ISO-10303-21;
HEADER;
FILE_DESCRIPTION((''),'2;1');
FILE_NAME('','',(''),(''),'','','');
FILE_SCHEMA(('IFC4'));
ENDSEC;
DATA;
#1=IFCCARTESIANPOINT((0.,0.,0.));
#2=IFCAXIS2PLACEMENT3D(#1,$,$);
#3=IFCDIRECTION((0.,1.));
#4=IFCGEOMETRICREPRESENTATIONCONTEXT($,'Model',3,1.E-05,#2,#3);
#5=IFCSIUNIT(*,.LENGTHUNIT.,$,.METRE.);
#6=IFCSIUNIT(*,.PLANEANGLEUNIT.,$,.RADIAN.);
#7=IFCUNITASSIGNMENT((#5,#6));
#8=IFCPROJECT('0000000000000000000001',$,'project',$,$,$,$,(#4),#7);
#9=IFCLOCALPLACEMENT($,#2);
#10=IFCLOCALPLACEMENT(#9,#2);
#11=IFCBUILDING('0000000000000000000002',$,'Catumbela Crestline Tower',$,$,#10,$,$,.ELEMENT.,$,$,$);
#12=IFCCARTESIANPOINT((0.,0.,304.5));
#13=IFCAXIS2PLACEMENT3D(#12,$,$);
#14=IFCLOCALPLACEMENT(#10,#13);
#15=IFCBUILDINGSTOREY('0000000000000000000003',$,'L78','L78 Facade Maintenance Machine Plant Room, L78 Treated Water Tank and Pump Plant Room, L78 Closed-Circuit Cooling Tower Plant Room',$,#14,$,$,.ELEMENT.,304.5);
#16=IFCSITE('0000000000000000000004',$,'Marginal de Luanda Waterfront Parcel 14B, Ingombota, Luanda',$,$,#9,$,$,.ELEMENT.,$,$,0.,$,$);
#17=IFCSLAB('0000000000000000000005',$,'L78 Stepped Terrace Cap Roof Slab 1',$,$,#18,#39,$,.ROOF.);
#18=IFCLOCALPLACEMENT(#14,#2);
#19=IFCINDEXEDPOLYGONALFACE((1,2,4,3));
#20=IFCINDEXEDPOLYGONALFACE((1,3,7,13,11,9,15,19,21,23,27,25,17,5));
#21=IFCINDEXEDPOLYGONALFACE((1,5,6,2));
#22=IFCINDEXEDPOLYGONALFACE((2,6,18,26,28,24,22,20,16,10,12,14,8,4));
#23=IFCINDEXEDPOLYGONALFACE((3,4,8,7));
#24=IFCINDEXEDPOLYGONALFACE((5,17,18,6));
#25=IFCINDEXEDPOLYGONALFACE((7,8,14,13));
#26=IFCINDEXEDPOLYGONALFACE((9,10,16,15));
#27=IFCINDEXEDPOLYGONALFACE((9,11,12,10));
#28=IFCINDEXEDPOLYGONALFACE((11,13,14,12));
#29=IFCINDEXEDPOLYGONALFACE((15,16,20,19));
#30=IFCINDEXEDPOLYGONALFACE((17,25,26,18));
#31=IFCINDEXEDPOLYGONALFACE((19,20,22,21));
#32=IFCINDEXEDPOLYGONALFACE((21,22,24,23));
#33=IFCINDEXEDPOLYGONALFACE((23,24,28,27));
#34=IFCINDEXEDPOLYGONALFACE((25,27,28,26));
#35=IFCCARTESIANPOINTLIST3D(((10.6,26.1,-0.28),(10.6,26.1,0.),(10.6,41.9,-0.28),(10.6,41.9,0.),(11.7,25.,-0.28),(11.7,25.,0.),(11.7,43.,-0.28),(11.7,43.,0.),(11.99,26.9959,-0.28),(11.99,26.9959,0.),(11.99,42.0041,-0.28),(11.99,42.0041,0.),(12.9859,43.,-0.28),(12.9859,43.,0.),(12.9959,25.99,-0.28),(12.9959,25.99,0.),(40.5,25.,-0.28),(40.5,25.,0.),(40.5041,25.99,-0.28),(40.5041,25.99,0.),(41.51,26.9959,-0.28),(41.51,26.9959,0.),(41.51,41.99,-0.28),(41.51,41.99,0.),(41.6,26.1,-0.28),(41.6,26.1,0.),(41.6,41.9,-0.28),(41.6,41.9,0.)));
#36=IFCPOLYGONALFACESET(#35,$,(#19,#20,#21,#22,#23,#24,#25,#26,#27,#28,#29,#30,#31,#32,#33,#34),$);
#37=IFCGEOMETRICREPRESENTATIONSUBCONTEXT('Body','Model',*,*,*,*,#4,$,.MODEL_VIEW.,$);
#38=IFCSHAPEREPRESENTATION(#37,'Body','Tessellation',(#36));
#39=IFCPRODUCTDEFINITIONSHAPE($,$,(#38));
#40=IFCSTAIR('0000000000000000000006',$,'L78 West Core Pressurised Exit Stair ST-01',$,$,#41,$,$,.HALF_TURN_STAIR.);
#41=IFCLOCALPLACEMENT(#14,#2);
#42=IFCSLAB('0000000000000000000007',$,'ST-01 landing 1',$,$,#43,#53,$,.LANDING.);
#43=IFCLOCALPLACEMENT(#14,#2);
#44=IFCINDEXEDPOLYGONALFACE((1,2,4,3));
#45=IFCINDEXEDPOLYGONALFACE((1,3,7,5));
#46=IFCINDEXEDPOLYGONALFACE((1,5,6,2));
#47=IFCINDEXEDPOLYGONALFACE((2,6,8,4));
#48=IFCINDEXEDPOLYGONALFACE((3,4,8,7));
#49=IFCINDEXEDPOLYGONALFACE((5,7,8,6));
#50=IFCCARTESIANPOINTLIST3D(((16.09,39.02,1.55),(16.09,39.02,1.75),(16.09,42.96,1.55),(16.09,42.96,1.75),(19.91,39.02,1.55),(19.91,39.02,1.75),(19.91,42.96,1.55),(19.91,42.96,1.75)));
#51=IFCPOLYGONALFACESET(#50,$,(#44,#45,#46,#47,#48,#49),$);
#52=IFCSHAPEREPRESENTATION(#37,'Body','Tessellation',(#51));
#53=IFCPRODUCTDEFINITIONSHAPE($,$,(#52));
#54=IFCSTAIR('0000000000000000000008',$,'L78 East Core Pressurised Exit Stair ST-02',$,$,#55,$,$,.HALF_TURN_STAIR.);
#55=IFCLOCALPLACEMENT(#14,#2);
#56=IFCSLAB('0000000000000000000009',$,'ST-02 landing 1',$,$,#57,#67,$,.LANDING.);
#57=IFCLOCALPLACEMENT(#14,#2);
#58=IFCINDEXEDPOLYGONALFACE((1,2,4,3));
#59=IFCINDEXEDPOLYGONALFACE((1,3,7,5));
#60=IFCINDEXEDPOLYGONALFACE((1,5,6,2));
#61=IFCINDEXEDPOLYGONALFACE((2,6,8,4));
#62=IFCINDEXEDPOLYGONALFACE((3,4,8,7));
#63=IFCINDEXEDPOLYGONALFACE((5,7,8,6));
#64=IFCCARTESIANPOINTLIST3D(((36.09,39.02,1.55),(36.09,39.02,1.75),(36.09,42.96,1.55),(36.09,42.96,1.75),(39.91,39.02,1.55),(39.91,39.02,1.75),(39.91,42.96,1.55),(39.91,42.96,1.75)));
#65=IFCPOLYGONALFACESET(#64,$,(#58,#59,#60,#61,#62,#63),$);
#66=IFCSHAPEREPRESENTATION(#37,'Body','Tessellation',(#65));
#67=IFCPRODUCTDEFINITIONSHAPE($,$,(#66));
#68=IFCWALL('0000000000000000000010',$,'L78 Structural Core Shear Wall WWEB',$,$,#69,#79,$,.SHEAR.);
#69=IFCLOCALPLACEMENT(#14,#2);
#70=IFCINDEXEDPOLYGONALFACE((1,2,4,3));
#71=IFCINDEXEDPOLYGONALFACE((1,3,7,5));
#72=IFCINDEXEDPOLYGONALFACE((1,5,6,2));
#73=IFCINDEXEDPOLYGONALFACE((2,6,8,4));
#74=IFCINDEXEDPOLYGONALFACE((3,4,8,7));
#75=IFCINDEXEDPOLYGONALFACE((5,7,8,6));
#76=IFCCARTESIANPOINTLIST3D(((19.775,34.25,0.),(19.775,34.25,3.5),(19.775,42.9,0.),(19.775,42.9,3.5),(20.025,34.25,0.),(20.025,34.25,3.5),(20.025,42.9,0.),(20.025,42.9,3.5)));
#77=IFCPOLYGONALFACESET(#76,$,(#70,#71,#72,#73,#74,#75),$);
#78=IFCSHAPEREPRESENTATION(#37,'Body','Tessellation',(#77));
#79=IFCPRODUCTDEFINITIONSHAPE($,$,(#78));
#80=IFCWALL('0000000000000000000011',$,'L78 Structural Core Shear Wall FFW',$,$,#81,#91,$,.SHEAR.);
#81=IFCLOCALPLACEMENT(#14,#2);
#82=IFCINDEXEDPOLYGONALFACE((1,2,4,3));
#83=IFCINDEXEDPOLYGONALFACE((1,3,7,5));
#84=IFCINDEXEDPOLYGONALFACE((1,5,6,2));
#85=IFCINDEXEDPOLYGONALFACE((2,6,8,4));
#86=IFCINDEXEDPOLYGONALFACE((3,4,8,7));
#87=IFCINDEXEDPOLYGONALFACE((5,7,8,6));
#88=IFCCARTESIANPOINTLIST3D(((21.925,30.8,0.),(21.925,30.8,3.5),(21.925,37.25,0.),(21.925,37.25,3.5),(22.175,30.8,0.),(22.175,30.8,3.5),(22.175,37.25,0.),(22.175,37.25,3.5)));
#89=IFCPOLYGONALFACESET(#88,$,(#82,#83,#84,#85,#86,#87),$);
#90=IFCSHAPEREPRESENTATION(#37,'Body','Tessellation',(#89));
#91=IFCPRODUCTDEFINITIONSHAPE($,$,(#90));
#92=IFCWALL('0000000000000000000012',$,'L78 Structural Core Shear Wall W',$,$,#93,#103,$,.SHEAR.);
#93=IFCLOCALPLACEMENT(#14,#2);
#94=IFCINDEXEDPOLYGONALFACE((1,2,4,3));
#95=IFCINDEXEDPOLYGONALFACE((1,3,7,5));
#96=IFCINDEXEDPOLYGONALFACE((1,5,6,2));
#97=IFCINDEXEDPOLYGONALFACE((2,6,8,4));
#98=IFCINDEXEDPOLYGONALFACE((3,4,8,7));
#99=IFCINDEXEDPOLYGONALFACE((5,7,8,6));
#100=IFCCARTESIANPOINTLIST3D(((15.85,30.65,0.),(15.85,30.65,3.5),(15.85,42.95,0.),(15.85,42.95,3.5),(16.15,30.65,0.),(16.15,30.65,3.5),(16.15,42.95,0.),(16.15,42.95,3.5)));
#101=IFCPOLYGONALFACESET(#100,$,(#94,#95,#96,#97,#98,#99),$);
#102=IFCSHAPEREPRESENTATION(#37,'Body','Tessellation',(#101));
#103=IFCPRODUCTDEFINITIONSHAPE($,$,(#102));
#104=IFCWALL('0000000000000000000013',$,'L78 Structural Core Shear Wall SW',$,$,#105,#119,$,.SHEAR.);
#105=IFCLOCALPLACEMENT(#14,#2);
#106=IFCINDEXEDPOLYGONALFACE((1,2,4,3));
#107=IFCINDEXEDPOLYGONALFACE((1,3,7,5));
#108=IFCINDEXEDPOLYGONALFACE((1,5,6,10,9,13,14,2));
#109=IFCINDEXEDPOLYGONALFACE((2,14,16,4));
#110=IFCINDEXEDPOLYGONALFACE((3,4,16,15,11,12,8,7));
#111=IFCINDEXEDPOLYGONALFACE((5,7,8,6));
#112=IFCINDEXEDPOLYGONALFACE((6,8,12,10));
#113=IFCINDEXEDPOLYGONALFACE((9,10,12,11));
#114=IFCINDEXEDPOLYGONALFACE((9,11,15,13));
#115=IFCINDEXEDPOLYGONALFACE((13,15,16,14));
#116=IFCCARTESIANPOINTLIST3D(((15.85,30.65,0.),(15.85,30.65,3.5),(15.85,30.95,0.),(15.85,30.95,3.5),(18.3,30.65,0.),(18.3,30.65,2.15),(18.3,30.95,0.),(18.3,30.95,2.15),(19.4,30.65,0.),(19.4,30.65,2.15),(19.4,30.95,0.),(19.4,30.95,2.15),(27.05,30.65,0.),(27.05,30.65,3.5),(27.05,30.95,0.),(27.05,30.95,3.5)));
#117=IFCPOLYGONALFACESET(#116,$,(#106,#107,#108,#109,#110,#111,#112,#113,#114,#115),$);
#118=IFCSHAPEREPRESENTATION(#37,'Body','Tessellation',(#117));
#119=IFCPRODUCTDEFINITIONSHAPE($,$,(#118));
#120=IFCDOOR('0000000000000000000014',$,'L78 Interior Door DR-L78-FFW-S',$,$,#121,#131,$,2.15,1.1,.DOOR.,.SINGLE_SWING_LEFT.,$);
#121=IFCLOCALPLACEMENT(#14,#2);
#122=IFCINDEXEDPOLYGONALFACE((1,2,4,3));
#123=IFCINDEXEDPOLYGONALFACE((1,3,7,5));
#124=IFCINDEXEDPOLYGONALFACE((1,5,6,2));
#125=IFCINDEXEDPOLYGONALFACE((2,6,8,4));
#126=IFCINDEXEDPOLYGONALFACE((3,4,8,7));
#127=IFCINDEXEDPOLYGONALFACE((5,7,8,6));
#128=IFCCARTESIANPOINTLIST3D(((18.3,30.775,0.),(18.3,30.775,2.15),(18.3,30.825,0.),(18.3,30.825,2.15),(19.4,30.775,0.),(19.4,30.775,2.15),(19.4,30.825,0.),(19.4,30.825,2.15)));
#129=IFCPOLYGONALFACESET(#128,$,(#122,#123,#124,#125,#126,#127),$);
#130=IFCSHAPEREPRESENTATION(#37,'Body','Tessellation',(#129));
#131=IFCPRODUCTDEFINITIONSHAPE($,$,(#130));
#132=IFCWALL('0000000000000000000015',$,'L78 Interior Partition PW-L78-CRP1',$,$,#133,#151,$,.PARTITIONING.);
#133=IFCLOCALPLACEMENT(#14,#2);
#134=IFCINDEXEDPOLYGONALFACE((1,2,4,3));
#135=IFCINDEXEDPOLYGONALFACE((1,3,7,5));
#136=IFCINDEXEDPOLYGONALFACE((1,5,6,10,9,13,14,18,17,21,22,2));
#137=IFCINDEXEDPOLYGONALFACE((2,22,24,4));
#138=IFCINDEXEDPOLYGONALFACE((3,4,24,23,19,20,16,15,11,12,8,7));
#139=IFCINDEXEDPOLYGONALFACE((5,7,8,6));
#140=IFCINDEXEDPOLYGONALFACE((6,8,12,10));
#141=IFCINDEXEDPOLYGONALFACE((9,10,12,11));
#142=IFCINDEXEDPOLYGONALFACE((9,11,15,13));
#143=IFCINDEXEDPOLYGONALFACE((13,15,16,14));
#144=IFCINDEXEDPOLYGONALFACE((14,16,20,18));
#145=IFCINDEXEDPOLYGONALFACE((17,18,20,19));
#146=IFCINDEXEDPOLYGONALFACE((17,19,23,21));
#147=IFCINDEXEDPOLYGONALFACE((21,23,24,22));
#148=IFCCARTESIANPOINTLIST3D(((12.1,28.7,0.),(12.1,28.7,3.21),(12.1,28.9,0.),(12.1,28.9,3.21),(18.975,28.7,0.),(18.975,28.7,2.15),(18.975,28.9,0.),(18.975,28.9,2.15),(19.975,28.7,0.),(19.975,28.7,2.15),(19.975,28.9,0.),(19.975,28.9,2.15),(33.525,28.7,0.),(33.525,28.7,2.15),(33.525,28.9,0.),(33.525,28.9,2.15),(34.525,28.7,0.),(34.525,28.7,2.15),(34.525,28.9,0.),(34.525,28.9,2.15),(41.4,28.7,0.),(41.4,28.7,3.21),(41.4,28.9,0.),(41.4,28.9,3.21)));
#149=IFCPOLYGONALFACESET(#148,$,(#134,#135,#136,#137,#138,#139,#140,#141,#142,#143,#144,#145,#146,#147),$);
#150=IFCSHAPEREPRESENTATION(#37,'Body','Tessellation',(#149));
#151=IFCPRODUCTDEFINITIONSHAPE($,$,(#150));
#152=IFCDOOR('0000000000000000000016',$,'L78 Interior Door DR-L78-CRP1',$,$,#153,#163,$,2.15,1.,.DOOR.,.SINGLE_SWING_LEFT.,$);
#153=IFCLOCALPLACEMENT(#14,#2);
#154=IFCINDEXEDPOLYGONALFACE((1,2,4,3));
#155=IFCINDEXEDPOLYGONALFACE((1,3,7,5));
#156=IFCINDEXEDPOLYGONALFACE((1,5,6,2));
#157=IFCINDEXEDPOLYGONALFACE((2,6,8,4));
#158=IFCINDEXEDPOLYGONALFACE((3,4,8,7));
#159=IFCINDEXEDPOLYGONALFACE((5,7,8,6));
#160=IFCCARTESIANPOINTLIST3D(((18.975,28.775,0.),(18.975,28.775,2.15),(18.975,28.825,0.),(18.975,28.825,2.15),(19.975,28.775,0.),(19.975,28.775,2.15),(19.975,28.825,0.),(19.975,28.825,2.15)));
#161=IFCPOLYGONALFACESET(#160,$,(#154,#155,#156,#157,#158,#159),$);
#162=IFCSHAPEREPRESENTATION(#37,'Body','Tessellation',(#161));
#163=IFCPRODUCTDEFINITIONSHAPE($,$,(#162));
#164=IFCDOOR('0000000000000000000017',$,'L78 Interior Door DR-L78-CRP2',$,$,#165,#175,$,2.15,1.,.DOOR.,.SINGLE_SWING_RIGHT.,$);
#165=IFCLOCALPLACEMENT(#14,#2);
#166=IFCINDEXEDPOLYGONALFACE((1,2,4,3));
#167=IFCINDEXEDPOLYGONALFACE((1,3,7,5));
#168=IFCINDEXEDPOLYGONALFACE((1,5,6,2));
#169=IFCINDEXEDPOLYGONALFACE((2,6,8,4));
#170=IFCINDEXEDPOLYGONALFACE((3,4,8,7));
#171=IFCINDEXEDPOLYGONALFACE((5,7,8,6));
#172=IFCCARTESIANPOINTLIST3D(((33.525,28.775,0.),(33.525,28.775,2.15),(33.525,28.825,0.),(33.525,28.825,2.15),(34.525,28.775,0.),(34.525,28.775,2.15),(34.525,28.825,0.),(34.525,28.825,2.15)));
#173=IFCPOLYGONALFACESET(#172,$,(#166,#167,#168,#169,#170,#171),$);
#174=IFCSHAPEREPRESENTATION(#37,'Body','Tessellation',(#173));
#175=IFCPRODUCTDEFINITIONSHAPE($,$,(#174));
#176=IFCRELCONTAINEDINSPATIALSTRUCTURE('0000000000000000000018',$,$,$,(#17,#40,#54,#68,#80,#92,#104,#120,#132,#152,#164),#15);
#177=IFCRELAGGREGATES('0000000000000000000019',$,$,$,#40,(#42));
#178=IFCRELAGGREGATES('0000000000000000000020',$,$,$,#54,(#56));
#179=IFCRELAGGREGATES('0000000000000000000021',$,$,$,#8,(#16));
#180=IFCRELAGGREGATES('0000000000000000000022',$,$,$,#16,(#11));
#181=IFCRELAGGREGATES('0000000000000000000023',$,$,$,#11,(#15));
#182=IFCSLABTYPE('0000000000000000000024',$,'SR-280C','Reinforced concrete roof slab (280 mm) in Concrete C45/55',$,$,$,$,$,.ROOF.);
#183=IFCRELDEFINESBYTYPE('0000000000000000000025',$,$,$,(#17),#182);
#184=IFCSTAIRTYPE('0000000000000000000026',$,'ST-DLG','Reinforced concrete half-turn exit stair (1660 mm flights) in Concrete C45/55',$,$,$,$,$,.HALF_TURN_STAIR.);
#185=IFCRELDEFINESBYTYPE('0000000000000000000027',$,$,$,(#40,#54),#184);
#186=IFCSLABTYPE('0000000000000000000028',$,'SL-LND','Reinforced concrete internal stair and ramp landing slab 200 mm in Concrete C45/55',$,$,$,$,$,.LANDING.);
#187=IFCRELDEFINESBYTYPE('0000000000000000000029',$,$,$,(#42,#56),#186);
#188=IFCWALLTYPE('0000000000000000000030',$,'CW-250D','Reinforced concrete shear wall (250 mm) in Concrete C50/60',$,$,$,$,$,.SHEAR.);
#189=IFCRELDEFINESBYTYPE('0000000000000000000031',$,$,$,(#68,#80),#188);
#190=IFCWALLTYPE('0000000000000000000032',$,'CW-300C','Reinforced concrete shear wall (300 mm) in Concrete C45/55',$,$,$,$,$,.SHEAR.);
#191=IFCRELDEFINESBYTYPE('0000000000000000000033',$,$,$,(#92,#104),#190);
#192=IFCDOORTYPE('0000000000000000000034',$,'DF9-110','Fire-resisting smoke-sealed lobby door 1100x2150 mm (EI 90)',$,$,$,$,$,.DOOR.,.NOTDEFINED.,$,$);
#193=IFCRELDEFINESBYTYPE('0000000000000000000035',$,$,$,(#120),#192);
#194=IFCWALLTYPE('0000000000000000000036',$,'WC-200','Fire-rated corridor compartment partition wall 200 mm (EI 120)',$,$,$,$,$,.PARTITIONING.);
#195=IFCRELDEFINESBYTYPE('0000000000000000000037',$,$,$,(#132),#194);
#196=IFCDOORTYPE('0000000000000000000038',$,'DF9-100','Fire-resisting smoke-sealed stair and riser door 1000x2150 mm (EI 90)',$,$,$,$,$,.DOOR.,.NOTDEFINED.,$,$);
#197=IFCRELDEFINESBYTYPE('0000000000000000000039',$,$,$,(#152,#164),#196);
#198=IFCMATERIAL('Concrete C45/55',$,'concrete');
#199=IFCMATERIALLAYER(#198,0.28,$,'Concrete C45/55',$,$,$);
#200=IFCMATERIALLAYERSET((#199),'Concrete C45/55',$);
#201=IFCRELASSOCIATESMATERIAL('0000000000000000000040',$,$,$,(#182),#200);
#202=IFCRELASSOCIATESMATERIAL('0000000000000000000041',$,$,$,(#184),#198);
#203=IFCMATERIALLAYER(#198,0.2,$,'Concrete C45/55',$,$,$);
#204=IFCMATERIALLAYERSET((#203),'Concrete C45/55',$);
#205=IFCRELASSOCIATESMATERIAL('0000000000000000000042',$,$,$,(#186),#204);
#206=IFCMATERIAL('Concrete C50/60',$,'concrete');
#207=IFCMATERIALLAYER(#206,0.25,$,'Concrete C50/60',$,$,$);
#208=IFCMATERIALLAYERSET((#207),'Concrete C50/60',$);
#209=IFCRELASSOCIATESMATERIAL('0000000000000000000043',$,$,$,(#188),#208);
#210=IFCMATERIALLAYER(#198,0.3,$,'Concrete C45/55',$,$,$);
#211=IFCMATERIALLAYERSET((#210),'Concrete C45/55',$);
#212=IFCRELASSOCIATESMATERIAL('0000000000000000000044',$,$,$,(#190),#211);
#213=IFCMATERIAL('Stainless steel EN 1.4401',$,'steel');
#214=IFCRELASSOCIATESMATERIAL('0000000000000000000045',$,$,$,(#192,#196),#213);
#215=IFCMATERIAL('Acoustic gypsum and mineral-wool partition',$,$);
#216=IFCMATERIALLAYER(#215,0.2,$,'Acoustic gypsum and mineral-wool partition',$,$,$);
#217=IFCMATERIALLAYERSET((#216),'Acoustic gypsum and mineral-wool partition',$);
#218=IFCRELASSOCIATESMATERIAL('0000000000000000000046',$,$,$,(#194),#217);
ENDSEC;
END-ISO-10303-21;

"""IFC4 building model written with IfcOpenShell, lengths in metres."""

from ifc_helpers import new_model, si_unit, direction, frame, frame_2d, origin, place, context, subcontext, project, spatial, polyline, rectangle, outline, extrude, material, layer, layer_set, type_object, element, fill, aggregate, save


model = new_model("IFC4")

# Units and contexts
model_context = context("Model", 3, precision=1e-05, world=origin(), true_north=direction((0.0, 1.0)))
body_context = subcontext(model_context, "Body", "Model", "MODEL_VIEW")
ifc_project = project(units=[si_unit("LENGTHUNIT", "METRE"), si_unit("PLANEANGLEUNIT", "RADIAN")], contexts=[model_context])

# Site, building, storey
site_placement = place(None, origin())
site = spatial("IfcSite", under=ifc_project, at=site_placement, Name="Marginal de Luanda Waterfront Parcel 14B, Ingombota, Luanda", CompositionType="ELEMENT", RefElevation=0.0)
building_placement = place(site_placement, origin())
building = spatial("IfcBuilding", under=site, at=building_placement, Name="Catumbela Crestline Tower", CompositionType="ELEMENT")
storey_placement = place(building_placement, frame((0.0, 0.0, 304.5)))
storey = spatial("IfcBuildingStorey", under=building, at=storey_placement, Name="L78", Description="L78 Facade Maintenance Machine Plant Room, L78 Treated Water Tank and Pump Plant Room, L78 Closed-Circuit Cooling Tower Plant Room", CompositionType="ELEMENT", Elevation=304.5)

# Slab
ifc_material_1 = material(Name="Concrete C45/55", Category="concrete")
ifc_layer_1 = layer(ifc_material_1, 0.28, Name="Concrete C45/55")
ifc_layer_set_1 = layer_set([ifc_layer_1], Name="Concrete C45/55")
slab_type_1 = type_object("IfcSlabType", Name="SR-280C", Description="Reinforced concrete roof slab (280 mm) in Concrete C45/55", PredefinedType="ROOF", material=ifc_layer_set_1)
slab_1_placement = place(storey_placement, frame((0.0, 0.0, -0.28)))
element("IfcSlab", 1, at=slab_1_placement, inside=storey, type_object=slab_type_1, Name="L78 Stepped Terrace Cap Roof Slab 1", PredefinedType="ROOF", context=body_context, shape_type="SweptSolid", body=[
    extrude(outline(polyline([(41.6, 26.1), (40.5, 25.0), (11.7, 25.0), (10.6, 26.1), (10.6, 41.9), (11.7, 43.0), (12.9859, 43.0), (11.99, 42.0041), (11.99, 26.9959), (12.9959, 25.99), (40.5041, 25.99), (41.51, 26.9959), (41.51, 41.99), (41.6, 41.9), (41.6, 26.1)])), origin(), (0.0, 0.0, 1.0), 0.28),
])

# Stairs, slabs
stair_type = type_object("IfcStairType", Name="ST-DLG", Description="Reinforced concrete half-turn exit stair (1660 mm flights) in Concrete C45/55", PredefinedType="HALF_TURN_STAIR", material=ifc_material_1)
stair_1_placement = place(storey_placement, origin())
stair_1 = element("IfcStair", 2, at=stair_1_placement, inside=storey, type_object=stair_type, Name="L78 West Core Pressurised Exit Stair ST-01", PredefinedType="HALF_TURN_STAIR")
ifc_layer_2 = layer(ifc_material_1, 0.2, Name="Concrete C45/55")
ifc_layer_set_2 = layer_set([ifc_layer_2], Name="Concrete C45/55")
slab_type_2 = type_object("IfcSlabType", Name="SL-LND", Description="Reinforced concrete internal stair and ramp landing slab 200 mm in Concrete C45/55", PredefinedType="LANDING", material=ifc_layer_set_2)
slab_2_placement = place(storey_placement, frame((0.0, 0.0, 1.55)))
slab_2 = element("IfcSlab", 3, at=slab_2_placement, type_object=slab_type_2, Name="ST-01 landing 1", PredefinedType="LANDING", context=body_context, shape_type="SweptSolid", body=[
    extrude(outline(polyline([(19.91, 39.02), (19.91, 42.96), (16.09, 42.96), (16.09, 39.02), (19.91, 39.02)])), origin(), (0.0, 0.0, 1.0), 0.2),
])
aggregate(stair_1, [slab_2])
stair_2_placement = place(storey_placement, origin())
stair_2 = element("IfcStair", 4, at=stair_2_placement, inside=storey, type_object=stair_type, Name="L78 East Core Pressurised Exit Stair ST-02", PredefinedType="HALF_TURN_STAIR")
slab_3_placement = place(storey_placement, frame((0.0, 0.0, 1.55)))
slab_3 = element("IfcSlab", 5, at=slab_3_placement, type_object=slab_type_2, Name="ST-02 landing 1", PredefinedType="LANDING", context=body_context, shape_type="SweptSolid", body=[
    extrude(outline(polyline([(39.91, 39.02), (39.91, 42.96), (36.09, 42.96), (36.09, 39.02), (39.91, 39.02)])), origin(), (0.0, 0.0, 1.0), 0.2),
])
aggregate(stair_2, [slab_3])

# Walls
ifc_material_2 = material(Name="Concrete C50/60", Category="concrete")
ifc_layer_3 = layer(ifc_material_2, 0.25, Name="Concrete C50/60")
ifc_layer_set_3 = layer_set([ifc_layer_3], Name="Concrete C50/60")
wall_type_1 = type_object("IfcWallType", Name="CW-250D", Description="Reinforced concrete shear wall (250 mm) in Concrete C50/60", PredefinedType="SHEAR", material=ifc_layer_set_3)
wall_1_placement = place(storey_placement, frame((19.9, 34.25, 0.0), z_axis=(0.0, 0.0, 1.0), x_axis=(0.0, 1.0, 0.0)))
element("IfcWall", 6, at=wall_1_placement, inside=storey, type_object=wall_type_1, Name="L78 Structural Core Shear Wall WWEB", PredefinedType="SHEAR", context=body_context, shape_type="SweptSolid", body=[
    extrude(rectangle(XDim=8.65, YDim=0.25, at=frame_2d((4.325, 0.0))), origin(), (0.0, 0.0, 1.0), 3.5),
])
wall_2_placement = place(storey_placement, frame((22.05, 30.8, 0.0), z_axis=(0.0, 0.0, 1.0), x_axis=(0.0, 1.0, 0.0)))
element("IfcWall", 7, at=wall_2_placement, inside=storey, type_object=wall_type_1, Name="L78 Structural Core Shear Wall FFW", PredefinedType="SHEAR", context=body_context, shape_type="SweptSolid", body=[
    extrude(rectangle(XDim=6.45, YDim=0.25, at=frame_2d((3.225, 0.0))), origin(), (0.0, 0.0, 1.0), 3.5),
])
ifc_layer_4 = layer(ifc_material_1, 0.3, Name="Concrete C45/55")
ifc_layer_set_4 = layer_set([ifc_layer_4], Name="Concrete C45/55")
wall_type_2 = type_object("IfcWallType", Name="CW-300C", Description="Reinforced concrete shear wall (300 mm) in Concrete C45/55", PredefinedType="SHEAR", material=ifc_layer_set_4)
wall_3_placement = place(storey_placement, frame((16.0, 30.65, 0.0), z_axis=(0.0, 0.0, 1.0), x_axis=(0.0, 1.0, 0.0)))
element("IfcWall", 8, at=wall_3_placement, inside=storey, type_object=wall_type_2, Name="L78 Structural Core Shear Wall W", PredefinedType="SHEAR", context=body_context, shape_type="SweptSolid", body=[
    extrude(rectangle(XDim=12.3, YDim=0.3, at=frame_2d((6.15, 0.0))), origin(), (0.0, 0.0, 1.0), 3.5),
])

# Wall, opening, door
wall_4_placement = place(storey_placement, frame((15.85, 30.8, 0.0), z_axis=(0.0, 0.0, 1.0), x_axis=(1.0, 0.0, 0.0)))
wall_4 = element("IfcWall", 9, at=wall_4_placement, inside=storey, type_object=wall_type_2, Name="L78 Structural Core Shear Wall SW", PredefinedType="SHEAR", context=body_context, shape_type="SweptSolid", body=[
    extrude(rectangle(XDim=11.2, YDim=0.3, at=frame_2d((5.6, 0.0))), origin(), (0.0, 0.0, 1.0), 3.5),
])
opening_1_placement = place(wall_4_placement, frame((2.45, 0.0, 0.0)))
opening_1 = element("IfcOpeningElement", 10, at=opening_1_placement, cuts=wall_4, PredefinedType="OPENING", context=body_context, shape_type="SweptSolid", body=[
    extrude(rectangle(XDim=1.1, YDim=2.15, at=frame_2d((0.55, 1.075))), frame((0.0, 0.16, 0.0), z_axis=(0.0, -1.0, 0.0), x_axis=(1.0, 0.0, 0.0)), (0.0, 0.0, 1.0), 0.32),
])
ifc_material_3 = material(Name="Stainless steel EN 1.4401", Category="steel")
door_type_1 = type_object("IfcDoorType", Name="DF9-110", Description="Fire-resisting smoke-sealed lobby door 1100x2150 mm (EI 90)", OperationType="NOTDEFINED", PredefinedType="DOOR", material=ifc_material_3)
door_1_placement = place(opening_1_placement, origin())
door_1 = element("IfcDoor", 11, at=door_1_placement, inside=storey, type_object=door_type_1, Name="L78 Interior Door DR-L78-FFW-S", OperationType="SINGLE_SWING_LEFT", OverallHeight=2.15, OverallWidth=1.1, PredefinedType="DOOR", context=body_context, shape_type="SweptSolid", body=[
    extrude(rectangle(XDim=1.1, YDim=2.15, at=frame_2d((0.55, 1.075))), frame((0.0, 0.025, 0.0), z_axis=(0.0, -1.0, 0.0), x_axis=(1.0, 0.0, 0.0)), (0.0, 0.0, 1.0), 0.05),
])
fill(opening_1, door_1)

# Wall, openings, doors
ifc_material_4 = material(Name="Acoustic gypsum and mineral-wool partition")
ifc_layer_5 = layer(ifc_material_4, 0.2, Name="Acoustic gypsum and mineral-wool partition")
ifc_layer_set_5 = layer_set([ifc_layer_5], Name="Acoustic gypsum and mineral-wool partition")
wall_type_3 = type_object("IfcWallType", Name="WC-200", Description="Fire-rated corridor compartment partition wall 200 mm (EI 120)", PredefinedType="PARTITIONING", material=ifc_layer_set_5)
wall_5_placement = place(storey_placement, frame((12.1, 28.8, 0.0), z_axis=(0.0, 0.0, 1.0), x_axis=(1.0, 0.0, 0.0)))
wall_5 = element("IfcWall", 12, at=wall_5_placement, inside=storey, type_object=wall_type_3, Name="L78 Interior Partition PW-L78-CRP1", PredefinedType="PARTITIONING", context=body_context, shape_type="SweptSolid", body=[
    extrude(rectangle(XDim=29.3, YDim=0.2, at=frame_2d((14.65, 0.0))), origin(), (0.0, 0.0, 1.0), 3.21),
])
opening_2_placement = place(wall_5_placement, frame((6.875, 0.0, 0.0)))
opening_2 = element("IfcOpeningElement", 13, at=opening_2_placement, cuts=wall_5, PredefinedType="OPENING", context=body_context, shape_type="SweptSolid", body=[
    extrude(rectangle(XDim=1.0, YDim=2.15, at=frame_2d((0.5, 1.075))), frame((0.0, 0.11, 0.0), z_axis=(0.0, -1.0, 0.0), x_axis=(1.0, 0.0, 0.0)), (0.0, 0.0, 1.0), 0.22),
])
opening_3_placement = place(wall_5_placement, frame((21.425, 0.0, 0.0)))
opening_3 = element("IfcOpeningElement", 14, at=opening_3_placement, cuts=wall_5, PredefinedType="OPENING", context=body_context, shape_type="SweptSolid", body=[
    extrude(rectangle(XDim=1.0, YDim=2.15, at=frame_2d((0.5, 1.075))), frame((0.0, 0.11, 0.0), z_axis=(0.0, -1.0, 0.0), x_axis=(1.0, 0.0, 0.0)), (0.0, 0.0, 1.0), 0.22),
])
door_type_2 = type_object("IfcDoorType", Name="DF9-100", Description="Fire-resisting smoke-sealed stair and riser door 1000x2150 mm (EI 90)", OperationType="NOTDEFINED", PredefinedType="DOOR", material=ifc_material_3)
door_2_placement = place(opening_2_placement, origin())
door_2 = element("IfcDoor", 15, at=door_2_placement, inside=storey, type_object=door_type_2, Name="L78 Interior Door DR-L78-CRP1", OperationType="SINGLE_SWING_LEFT", OverallHeight=2.15, OverallWidth=1.0, PredefinedType="DOOR", context=body_context, shape_type="SweptSolid", body=[
    extrude(rectangle(XDim=1.0, YDim=2.15, at=frame_2d((0.5, 1.075))), frame((0.0, 0.025, 0.0), z_axis=(0.0, -1.0, 0.0), x_axis=(1.0, 0.0, 0.0)), (0.0, 0.0, 1.0), 0.05),
])
fill(opening_2, door_2)
door_3_placement = place(opening_3_placement, origin())
door_3 = element("IfcDoor", 16, at=door_3_placement, inside=storey, type_object=door_type_2, Name="L78 Interior Door DR-L78-CRP2", OperationType="SINGLE_SWING_RIGHT", OverallHeight=2.15, OverallWidth=1.0, PredefinedType="DOOR", context=body_context, shape_type="SweptSolid", body=[
    extrude(rectangle(XDim=1.0, YDim=2.15, at=frame_2d((0.5, 1.075))), frame((0.0, 0.025, 0.0), z_axis=(0.0, -1.0, 0.0), x_axis=(1.0, 0.0, 0.0)), (0.0, 0.0, 1.0), 0.05),
])
fill(opening_3, door_3)

save(model, "model.ifc")
